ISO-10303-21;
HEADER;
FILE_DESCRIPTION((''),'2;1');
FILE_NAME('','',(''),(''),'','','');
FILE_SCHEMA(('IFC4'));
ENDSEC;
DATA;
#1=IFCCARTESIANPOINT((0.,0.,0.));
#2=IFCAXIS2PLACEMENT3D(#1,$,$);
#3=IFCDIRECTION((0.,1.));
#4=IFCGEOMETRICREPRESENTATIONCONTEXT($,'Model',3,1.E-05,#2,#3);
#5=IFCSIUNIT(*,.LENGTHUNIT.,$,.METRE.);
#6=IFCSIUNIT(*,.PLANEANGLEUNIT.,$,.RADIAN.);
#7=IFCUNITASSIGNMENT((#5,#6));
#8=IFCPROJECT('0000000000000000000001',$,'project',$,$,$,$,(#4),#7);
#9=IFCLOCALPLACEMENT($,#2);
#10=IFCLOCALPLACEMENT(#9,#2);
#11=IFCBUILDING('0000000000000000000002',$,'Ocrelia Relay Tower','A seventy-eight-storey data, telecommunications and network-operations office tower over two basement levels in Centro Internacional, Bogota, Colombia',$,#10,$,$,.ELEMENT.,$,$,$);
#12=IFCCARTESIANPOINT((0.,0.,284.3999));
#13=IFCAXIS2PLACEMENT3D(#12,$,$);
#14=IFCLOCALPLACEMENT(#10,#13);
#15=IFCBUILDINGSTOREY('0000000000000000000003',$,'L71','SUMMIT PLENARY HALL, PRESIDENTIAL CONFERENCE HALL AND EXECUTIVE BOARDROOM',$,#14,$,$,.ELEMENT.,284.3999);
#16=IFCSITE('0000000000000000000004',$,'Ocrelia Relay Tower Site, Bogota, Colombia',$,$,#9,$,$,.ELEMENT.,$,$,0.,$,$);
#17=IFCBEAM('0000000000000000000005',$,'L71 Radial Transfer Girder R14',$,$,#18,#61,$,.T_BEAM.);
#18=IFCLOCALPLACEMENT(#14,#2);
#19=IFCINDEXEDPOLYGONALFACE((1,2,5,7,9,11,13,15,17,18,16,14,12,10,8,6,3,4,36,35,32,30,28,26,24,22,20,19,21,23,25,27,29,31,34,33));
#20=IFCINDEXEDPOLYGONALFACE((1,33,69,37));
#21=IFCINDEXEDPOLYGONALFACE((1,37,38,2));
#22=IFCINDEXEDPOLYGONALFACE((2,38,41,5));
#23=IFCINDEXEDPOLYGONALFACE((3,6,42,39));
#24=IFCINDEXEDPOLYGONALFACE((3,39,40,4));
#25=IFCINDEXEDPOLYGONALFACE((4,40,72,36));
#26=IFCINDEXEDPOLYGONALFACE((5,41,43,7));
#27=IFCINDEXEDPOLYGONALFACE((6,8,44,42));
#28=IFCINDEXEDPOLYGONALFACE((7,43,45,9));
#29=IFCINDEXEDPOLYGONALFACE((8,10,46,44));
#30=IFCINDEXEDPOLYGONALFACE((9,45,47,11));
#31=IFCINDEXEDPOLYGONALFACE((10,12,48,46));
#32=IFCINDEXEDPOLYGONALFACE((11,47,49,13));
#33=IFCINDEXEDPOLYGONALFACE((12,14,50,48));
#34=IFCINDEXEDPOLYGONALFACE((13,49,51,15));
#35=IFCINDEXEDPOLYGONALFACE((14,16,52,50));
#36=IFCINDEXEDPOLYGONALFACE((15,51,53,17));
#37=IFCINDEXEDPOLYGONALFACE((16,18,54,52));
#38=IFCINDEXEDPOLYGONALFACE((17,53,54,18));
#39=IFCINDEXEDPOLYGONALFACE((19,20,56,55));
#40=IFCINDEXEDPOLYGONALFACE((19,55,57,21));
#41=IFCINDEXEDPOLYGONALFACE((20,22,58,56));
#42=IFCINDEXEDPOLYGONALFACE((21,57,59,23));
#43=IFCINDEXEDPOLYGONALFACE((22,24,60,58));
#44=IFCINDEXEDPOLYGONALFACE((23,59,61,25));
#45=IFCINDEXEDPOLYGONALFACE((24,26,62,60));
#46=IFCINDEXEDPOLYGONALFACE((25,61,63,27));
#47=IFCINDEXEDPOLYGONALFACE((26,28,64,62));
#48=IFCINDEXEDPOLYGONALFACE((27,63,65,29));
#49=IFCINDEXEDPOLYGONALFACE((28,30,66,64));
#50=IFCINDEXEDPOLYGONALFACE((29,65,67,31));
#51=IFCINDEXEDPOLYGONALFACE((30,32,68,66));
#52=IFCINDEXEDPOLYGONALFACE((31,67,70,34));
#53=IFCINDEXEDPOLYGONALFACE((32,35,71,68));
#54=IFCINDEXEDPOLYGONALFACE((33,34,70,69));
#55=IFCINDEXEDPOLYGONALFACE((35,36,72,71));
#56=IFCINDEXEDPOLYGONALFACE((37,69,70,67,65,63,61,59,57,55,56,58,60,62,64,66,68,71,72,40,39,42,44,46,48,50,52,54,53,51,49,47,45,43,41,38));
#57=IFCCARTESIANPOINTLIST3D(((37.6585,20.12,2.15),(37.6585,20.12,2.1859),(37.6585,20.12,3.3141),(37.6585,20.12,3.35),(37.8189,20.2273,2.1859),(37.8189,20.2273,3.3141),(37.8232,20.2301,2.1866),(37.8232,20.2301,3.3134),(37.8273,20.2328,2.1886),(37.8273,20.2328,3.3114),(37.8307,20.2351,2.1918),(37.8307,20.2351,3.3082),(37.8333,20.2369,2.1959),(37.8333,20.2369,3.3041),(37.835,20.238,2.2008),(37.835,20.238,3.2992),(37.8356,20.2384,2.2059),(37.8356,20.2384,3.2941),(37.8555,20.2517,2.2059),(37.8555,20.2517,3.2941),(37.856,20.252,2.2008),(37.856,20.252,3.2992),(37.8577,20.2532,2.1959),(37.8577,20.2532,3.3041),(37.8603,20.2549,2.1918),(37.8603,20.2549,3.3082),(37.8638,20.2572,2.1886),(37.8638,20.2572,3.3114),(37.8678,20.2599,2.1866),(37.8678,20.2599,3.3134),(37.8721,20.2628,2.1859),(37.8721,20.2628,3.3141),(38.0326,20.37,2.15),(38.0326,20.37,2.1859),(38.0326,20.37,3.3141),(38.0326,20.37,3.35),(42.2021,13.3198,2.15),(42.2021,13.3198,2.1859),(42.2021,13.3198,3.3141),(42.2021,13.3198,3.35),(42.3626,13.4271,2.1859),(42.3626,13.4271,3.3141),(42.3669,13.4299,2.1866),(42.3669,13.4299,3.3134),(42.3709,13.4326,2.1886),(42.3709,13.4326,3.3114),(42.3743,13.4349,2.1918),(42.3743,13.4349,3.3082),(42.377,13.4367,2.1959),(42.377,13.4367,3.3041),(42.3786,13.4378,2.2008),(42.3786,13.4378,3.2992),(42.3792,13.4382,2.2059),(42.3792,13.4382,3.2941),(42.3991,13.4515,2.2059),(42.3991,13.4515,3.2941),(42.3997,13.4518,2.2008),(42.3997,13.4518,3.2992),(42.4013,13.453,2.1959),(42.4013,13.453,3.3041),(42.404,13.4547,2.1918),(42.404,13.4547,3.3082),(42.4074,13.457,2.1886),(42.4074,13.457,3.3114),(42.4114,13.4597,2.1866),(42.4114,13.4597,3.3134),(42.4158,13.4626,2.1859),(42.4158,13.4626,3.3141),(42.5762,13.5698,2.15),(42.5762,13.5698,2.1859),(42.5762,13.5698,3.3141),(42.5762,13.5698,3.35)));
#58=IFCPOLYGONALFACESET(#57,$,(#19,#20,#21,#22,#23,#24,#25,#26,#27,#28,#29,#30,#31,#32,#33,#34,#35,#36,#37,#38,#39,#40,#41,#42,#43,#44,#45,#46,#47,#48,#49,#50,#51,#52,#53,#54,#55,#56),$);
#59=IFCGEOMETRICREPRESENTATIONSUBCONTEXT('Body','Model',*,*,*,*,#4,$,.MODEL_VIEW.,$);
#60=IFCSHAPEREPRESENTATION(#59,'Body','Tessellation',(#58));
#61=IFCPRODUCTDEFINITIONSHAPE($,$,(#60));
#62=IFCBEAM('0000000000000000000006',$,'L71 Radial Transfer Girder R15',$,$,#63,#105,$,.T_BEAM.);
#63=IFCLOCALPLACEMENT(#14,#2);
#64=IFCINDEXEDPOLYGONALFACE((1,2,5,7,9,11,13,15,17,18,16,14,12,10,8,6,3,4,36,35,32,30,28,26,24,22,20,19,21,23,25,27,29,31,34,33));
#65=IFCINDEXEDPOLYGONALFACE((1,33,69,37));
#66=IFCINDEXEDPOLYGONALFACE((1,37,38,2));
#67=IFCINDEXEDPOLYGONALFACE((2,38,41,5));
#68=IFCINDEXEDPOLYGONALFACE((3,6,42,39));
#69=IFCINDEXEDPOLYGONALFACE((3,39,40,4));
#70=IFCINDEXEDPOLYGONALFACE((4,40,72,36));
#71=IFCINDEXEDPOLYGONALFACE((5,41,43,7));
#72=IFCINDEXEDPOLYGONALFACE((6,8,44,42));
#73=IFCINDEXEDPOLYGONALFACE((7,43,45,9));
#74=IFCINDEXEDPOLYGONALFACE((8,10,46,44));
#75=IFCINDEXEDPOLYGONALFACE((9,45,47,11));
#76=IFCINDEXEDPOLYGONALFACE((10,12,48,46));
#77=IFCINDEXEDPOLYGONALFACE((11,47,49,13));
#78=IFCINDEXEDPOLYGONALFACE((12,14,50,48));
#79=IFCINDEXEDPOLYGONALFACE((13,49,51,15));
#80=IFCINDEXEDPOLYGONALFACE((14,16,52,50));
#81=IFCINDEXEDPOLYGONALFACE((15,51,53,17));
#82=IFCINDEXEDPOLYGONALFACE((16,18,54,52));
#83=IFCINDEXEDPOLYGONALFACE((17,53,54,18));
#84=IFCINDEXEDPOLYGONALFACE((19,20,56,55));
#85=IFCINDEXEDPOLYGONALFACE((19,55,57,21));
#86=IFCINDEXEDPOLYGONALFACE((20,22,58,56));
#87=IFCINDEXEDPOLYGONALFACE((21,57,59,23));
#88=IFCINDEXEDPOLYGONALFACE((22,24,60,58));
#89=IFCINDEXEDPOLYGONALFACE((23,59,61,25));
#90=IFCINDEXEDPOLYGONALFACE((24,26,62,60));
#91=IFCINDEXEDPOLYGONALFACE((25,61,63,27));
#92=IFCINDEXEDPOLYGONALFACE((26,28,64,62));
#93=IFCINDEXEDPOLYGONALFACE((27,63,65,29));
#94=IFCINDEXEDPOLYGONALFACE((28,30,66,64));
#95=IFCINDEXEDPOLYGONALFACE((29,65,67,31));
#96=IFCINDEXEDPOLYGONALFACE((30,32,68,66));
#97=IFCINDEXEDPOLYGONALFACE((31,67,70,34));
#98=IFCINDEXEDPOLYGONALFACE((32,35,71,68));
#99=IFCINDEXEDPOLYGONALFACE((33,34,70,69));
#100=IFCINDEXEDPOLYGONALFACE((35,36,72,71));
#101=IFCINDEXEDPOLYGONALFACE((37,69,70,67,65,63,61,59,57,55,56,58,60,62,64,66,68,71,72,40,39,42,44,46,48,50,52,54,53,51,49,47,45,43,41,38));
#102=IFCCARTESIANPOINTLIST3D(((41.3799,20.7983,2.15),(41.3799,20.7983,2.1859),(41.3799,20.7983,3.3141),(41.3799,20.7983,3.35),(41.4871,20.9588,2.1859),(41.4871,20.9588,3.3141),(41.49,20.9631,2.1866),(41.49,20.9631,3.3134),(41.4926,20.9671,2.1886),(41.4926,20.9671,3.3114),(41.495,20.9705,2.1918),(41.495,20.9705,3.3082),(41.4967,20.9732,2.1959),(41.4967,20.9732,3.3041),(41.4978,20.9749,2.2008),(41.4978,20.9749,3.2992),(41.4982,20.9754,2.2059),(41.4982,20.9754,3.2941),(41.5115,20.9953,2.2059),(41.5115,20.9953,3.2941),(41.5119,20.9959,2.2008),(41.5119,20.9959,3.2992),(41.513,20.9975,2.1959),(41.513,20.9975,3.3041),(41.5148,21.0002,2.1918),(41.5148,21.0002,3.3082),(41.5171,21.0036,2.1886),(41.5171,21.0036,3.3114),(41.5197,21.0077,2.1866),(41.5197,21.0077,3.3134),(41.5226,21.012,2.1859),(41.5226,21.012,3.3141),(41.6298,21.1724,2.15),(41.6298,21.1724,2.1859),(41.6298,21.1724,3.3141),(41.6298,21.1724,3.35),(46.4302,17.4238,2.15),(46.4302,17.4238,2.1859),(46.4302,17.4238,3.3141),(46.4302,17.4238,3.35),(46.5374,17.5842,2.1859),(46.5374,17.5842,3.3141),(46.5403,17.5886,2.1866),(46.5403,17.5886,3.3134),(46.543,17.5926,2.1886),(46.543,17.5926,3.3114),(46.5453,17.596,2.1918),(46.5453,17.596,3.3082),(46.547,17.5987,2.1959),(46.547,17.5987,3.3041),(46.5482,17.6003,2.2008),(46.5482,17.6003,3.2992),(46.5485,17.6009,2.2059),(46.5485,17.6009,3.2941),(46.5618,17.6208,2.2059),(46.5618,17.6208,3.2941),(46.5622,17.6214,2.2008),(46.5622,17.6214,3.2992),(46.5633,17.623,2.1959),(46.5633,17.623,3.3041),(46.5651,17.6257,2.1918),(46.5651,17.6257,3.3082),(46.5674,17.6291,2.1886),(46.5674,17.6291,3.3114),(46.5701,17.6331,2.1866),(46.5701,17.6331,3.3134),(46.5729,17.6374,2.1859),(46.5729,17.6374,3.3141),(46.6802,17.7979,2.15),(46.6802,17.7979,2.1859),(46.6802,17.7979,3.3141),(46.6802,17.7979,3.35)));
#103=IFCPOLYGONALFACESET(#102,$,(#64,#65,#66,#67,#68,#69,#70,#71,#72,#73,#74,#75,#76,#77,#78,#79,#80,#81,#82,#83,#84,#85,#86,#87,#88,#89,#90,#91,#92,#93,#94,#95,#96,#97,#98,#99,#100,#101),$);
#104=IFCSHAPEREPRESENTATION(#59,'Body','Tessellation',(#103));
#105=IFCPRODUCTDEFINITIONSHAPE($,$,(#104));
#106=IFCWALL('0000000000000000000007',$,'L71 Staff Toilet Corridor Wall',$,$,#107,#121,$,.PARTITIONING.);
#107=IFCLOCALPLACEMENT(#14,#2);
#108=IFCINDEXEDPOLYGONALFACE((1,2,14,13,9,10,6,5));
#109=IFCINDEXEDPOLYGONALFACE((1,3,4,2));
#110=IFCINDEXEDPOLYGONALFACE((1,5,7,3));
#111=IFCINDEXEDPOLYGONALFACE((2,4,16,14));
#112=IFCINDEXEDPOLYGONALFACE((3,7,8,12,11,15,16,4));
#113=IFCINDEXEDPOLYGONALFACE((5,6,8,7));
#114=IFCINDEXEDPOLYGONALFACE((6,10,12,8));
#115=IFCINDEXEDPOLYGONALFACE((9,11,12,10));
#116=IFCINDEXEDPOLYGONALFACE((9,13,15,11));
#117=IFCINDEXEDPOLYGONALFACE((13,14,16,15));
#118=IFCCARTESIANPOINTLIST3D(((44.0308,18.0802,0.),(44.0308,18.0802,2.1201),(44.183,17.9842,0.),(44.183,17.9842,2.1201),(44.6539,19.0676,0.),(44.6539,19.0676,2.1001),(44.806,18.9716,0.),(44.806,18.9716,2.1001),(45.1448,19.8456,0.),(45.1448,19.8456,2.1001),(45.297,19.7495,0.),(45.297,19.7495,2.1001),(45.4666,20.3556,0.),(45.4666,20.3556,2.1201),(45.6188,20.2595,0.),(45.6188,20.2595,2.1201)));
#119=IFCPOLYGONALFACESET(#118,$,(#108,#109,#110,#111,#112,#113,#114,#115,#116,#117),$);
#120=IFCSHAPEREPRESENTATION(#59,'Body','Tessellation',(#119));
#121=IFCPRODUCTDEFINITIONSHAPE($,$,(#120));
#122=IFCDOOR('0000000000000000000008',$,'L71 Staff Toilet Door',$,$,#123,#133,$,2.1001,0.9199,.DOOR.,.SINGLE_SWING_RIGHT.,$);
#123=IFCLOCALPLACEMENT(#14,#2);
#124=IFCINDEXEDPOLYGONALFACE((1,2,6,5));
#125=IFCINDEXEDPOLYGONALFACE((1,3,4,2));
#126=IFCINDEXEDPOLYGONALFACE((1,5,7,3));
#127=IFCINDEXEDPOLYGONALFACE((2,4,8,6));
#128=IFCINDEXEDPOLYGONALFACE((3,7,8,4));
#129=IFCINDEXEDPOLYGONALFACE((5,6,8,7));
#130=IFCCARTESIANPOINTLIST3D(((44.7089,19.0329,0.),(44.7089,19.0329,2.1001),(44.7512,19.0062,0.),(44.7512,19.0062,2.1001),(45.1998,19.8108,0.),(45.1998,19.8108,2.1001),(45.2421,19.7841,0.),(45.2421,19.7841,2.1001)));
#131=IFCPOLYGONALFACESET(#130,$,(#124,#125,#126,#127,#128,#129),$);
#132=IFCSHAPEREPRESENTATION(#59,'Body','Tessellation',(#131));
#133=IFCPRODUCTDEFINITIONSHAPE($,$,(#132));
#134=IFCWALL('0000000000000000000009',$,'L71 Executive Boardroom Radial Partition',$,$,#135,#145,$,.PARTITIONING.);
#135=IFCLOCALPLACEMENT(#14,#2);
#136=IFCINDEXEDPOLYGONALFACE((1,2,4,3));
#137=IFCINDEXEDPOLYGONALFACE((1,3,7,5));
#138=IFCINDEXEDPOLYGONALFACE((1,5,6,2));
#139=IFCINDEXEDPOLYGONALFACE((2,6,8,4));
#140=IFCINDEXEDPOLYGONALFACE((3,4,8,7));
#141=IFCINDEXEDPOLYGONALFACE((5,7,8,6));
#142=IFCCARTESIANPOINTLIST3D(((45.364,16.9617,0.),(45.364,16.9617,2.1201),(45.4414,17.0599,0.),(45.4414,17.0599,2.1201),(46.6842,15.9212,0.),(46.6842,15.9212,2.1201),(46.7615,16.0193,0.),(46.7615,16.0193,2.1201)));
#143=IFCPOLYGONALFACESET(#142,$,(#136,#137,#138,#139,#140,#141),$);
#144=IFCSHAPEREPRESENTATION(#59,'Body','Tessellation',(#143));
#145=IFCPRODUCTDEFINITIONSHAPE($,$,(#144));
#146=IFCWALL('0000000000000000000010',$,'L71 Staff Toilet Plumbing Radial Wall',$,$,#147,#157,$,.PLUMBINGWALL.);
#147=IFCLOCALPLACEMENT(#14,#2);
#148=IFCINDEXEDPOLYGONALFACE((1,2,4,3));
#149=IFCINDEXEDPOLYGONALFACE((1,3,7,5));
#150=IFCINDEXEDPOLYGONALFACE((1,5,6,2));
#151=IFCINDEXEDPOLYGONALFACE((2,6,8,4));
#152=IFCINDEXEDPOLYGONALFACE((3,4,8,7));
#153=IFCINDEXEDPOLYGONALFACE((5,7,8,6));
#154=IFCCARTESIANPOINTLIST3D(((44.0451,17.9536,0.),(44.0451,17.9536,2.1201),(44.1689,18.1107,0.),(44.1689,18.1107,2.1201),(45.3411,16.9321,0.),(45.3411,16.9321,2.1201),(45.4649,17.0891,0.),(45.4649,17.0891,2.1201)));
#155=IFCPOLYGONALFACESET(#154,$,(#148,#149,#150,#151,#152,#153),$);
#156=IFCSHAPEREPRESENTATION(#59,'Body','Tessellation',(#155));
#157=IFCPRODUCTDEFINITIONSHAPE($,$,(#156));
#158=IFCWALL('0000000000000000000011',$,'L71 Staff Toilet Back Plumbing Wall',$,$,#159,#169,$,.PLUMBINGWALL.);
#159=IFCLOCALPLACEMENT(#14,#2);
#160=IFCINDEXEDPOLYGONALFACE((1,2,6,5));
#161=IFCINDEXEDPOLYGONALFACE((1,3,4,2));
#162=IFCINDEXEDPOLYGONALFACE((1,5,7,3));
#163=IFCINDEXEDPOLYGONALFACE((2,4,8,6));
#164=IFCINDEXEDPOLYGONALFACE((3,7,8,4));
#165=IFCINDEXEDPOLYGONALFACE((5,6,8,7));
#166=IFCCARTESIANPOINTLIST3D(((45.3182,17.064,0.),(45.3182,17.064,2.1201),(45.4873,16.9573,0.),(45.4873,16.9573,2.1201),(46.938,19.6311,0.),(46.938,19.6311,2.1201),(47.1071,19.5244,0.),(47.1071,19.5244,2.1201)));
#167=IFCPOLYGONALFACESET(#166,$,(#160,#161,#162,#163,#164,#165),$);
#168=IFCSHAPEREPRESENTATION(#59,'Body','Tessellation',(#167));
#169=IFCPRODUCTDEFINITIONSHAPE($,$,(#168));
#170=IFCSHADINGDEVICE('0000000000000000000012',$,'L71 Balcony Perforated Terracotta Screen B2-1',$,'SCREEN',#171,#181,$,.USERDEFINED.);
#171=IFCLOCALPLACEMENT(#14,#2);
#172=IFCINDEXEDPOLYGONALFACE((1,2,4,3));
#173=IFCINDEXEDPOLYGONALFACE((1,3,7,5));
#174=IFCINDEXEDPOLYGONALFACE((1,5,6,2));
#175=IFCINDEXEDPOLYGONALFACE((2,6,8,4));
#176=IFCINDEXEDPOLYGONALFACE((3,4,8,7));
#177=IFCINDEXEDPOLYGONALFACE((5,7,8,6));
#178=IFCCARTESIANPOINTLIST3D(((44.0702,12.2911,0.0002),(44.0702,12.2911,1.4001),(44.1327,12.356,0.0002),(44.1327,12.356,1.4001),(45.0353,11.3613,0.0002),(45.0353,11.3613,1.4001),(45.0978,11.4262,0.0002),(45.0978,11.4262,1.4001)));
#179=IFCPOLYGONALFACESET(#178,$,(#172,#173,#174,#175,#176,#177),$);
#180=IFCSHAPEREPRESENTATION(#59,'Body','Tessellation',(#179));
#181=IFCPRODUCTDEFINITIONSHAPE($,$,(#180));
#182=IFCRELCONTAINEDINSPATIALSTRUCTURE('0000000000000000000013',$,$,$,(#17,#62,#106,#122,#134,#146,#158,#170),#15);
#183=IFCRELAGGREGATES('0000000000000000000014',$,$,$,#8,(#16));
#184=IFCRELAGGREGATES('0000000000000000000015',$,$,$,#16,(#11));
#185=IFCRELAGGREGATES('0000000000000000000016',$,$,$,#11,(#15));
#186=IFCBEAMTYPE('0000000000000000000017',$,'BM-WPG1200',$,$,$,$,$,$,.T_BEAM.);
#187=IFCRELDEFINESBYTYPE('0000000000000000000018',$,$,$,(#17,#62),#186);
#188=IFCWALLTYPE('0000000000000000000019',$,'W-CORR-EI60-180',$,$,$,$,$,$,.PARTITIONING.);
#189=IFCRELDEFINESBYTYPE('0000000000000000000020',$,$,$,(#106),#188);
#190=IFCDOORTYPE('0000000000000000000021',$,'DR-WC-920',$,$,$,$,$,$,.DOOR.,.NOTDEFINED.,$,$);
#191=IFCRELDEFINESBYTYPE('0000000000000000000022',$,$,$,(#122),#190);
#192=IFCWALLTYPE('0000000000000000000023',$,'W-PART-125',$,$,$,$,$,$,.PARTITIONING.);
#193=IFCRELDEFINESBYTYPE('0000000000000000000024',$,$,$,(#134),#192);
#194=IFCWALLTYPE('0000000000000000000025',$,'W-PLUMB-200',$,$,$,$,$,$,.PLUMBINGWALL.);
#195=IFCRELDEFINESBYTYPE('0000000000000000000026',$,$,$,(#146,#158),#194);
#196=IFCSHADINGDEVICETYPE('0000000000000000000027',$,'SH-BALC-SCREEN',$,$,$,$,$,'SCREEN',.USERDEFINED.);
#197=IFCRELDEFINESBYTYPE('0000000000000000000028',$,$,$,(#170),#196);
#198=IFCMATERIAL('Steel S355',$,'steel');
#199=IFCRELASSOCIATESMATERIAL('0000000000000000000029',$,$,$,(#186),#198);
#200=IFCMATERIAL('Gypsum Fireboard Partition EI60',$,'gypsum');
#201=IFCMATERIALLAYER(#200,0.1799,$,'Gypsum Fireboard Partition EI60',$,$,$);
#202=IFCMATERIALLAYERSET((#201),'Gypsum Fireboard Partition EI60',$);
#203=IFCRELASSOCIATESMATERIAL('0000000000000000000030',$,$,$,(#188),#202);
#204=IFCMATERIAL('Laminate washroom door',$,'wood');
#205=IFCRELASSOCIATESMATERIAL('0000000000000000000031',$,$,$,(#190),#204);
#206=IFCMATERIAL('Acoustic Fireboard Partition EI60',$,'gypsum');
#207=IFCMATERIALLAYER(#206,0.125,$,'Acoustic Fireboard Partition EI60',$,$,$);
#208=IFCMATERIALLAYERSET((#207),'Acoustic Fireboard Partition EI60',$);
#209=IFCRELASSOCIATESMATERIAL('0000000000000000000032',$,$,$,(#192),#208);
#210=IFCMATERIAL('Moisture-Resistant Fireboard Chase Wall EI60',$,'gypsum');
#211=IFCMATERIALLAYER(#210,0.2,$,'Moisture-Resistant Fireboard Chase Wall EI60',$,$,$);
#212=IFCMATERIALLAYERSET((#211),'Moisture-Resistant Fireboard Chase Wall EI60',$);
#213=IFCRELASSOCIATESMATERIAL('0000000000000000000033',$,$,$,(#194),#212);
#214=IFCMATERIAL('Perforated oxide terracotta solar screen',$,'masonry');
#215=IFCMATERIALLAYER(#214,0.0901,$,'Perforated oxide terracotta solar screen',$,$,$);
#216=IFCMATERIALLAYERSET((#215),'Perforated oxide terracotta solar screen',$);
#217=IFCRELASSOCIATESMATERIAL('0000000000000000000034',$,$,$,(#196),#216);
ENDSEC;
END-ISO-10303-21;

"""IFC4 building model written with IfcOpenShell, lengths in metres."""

from ifc_helpers import new_model, si_unit, direction, frame, frame_2d, origin, origin_2d, place, context, subcontext, project, spatial, rectangle, i_section, extrude, material, layer, layer_set, material_profile, profile_set, type_object, element, fill, save


model = new_model("IFC4")

# Units and contexts
model_context = context("Model", 3, precision=1e-05, world=origin(), true_north=direction((0.0, 1.0)))
body_context = subcontext(model_context, "Body", "Model", "MODEL_VIEW")
ifc_project = project(units=[si_unit("LENGTHUNIT", "METRE"), si_unit("PLANEANGLEUNIT", "RADIAN")], contexts=[model_context])

# Site, building, storey
site_placement = place(None, origin())
site = spatial("IfcSite", under=ifc_project, at=site_placement, Name="Ocrelia Relay Tower Site, Bogota, Colombia", CompositionType="ELEMENT", RefElevation=0.0)
building_placement = place(site_placement, origin())
building = spatial("IfcBuilding", under=site, at=building_placement, Name="Ocrelia Relay Tower", Description="A seventy-eight-storey data, telecommunications and network-operations office tower over two basement levels in Centro Internacional, Bogota, Colombia", CompositionType="ELEMENT")
storey_placement = place(building_placement, frame((0.0, 0.0, 284.3999)))
storey = spatial("IfcBuildingStorey", under=building, at=storey_placement, Name="L71", Description="SUMMIT PLENARY HALL, PRESIDENTIAL CONFERENCE HALL AND EXECUTIVE BOARDROOM", CompositionType="ELEMENT", Elevation=284.3999)

# Beams
ifc_material_1 = material(Name="Steel S355", Category="steel")
ifc_material_profile_1 = material_profile(ifc_material_1, i_section(OverallWidth=0.45, OverallDepth=1.2, WebThickness=0.0239, FlangeThickness=0.0359, FilletRadius=0.02, at=origin_2d()), Name="WPG 1200x450")
ifc_profile_set_1 = profile_set([ifc_material_profile_1], Name="Steel S355")
beam_type_1 = type_object("IfcBeamType", Name="BM-WPG1200", PredefinedType="T_BEAM", material=ifc_profile_set_1)
beam_1_placement = place(storey_placement, frame((42.3892, 13.4448, 2.75), z_axis=(-0.555561, 0.831476, 0.0), x_axis=(-0.831476, -0.555561, 0.0)))
element("IfcBeam", 1, at=beam_1_placement, inside=storey, type_object=beam_type_1, Name="L71 Radial Transfer Girder R14", PredefinedType="T_BEAM", context=body_context, shape_type="SweptSolid", body=[
    extrude(i_section(OverallWidth=0.45, OverallDepth=1.2, WebThickness=0.0239, FlangeThickness=0.0359, FilletRadius=0.02, at=origin_2d()), origin(), (0.0, 0.0, 1.0), 8.1785),
])
beam_2_placement = place(storey_placement, frame((46.5552, 17.6108, 2.75), z_axis=(-0.831469, 0.555572, 0.0), x_axis=(-0.555572, -0.831469, 0.0)))
element("IfcBeam", 2, at=beam_2_placement, inside=storey, type_object=beam_type_1, Name="L71 Radial Transfer Girder R15", PredefinedType="T_BEAM", context=body_context, shape_type="SweptSolid", body=[
    extrude(i_section(OverallWidth=0.45, OverallDepth=1.2, WebThickness=0.0239, FlangeThickness=0.0359, FilletRadius=0.02, at=origin_2d()), origin(), (0.0, 0.0, 1.0), 6.074),
])

# Wall, opening, door
ifc_material_2 = material(Name="Gypsum Fireboard Partition EI60", Category="gypsum")
ifc_layer_1 = layer(ifc_material_2, 0.1799, Name="Gypsum Fireboard Partition EI60")
ifc_layer_set_1 = layer_set([ifc_layer_1], Name="Gypsum Fireboard Partition EI60")
wall_type_1 = type_object("IfcWallType", Name="W-CORR-EI60-180", PredefinedType="PARTITIONING", material=ifc_layer_set_1)
wall_1_placement = place(storey_placement, frame((44.1069, 18.0322, 0.0), z_axis=(0.0, 0.0, 1.0), x_axis=(0.533648, 0.845707, 0.0)))
wall_1 = element("IfcWall", 3, at=wall_1_placement, inside=storey, type_object=wall_type_1, Name="L71 Staff Toilet Corridor Wall", PredefinedType="PARTITIONING", context=body_context, shape_type="SweptSolid", body=[
    extrude(rectangle(XDim=2.6904, YDim=0.1799, at=frame_2d((1.3452, 0.0))), origin(), (0.0, 0.0, 1.0), 2.1201),
])
opening_1_placement = place(wall_1_placement, frame((1.1675, 0.0, 0.0)))
opening_1 = element("IfcOpeningElement", 4, at=opening_1_placement, cuts=wall_1, PredefinedType="OPENING", context=body_context, shape_type="SweptSolid", body=[
    extrude(rectangle(XDim=0.9199, YDim=2.1001, at=frame_2d((0.46, 1.05))), frame((0.0, 0.1001, 0.0), z_axis=(0.0, -1.0, 0.0), x_axis=(1.0, 0.0, 0.0)), (0.0, 0.0, 1.0), 0.2),
])
ifc_material_3 = material(Name="Laminate washroom door", Category="wood")
door_type_1 = type_object("IfcDoorType", Name="DR-WC-920", OperationType="NOTDEFINED", PredefinedType="DOOR", material=ifc_material_3)
door_1_placement = place(opening_1_placement, origin())
door_1 = element("IfcDoor", 5, at=door_1_placement, inside=storey, type_object=door_type_1, Name="L71 Staff Toilet Door", OperationType="SINGLE_SWING_RIGHT", OverallHeight=2.1001, OverallWidth=0.9199, PredefinedType="DOOR", context=body_context, shape_type="SweptSolid", body=[
    extrude(rectangle(XDim=0.9199, YDim=2.1001, at=frame_2d((0.46, 1.05))), frame((0.0, 0.0249, 0.0), z_axis=(0.0, -1.0, 0.0), x_axis=(1.0, 0.0, 0.0)), (0.0, 0.0, 1.0), 0.05),
])
fill(opening_1, door_1)

# Walls
ifc_material_4 = material(Name="Acoustic Fireboard Partition EI60", Category="gypsum")
ifc_layer_2 = layer(ifc_material_4, 0.125, Name="Acoustic Fireboard Partition EI60")
ifc_layer_set_2 = layer_set([ifc_layer_2], Name="Acoustic Fireboard Partition EI60")
wall_type_2 = type_object("IfcWallType", Name="W-PART-125", PredefinedType="PARTITIONING", material=ifc_layer_set_2)
wall_2_placement = place(storey_placement, frame((45.4028, 17.0107, 0.0), z_axis=(0.0, 0.0, 1.0), x_axis=(0.785355, -0.619046, 0.0)))
element("IfcWall", 6, at=wall_2_placement, inside=storey, type_object=wall_type_2, Name="L71 Executive Boardroom Radial Partition", PredefinedType="PARTITIONING", context=body_context, shape_type="SweptSolid", body=[
    extrude(rectangle(XDim=1.6809, YDim=0.125, at=frame_2d((0.8403, 0.0))), origin(), (0.0, 0.0, 1.0), 2.1201),
])
ifc_material_5 = material(Name="Moisture-Resistant Fireboard Chase Wall EI60", Category="gypsum")
ifc_layer_3 = layer(ifc_material_5, 0.2, Name="Moisture-Resistant Fireboard Chase Wall EI60")
ifc_layer_set_3 = layer_set([ifc_layer_3], Name="Moisture-Resistant Fireboard Chase Wall EI60")
wall_type_3 = type_object("IfcWallType", Name="W-PLUMB-200", PredefinedType="PLUMBINGWALL", material=ifc_layer_set_3)
wall_3_placement = place(storey_placement, frame((44.1069, 18.0322, 0.0), z_axis=(0.0, 0.0, 1.0), x_axis=(0.785352, -0.619049, 0.0)))
element("IfcWall", 7, at=wall_3_placement, inside=storey, type_object=wall_type_3, Name="L71 Staff Toilet Plumbing Radial Wall", PredefinedType="PLUMBINGWALL", context=body_context, shape_type="SweptSolid", body=[
    extrude(rectangle(XDim=1.6501, YDim=0.2, at=frame_2d((0.8252, 0.0))), origin(), (0.0, 0.0, 1.0), 2.1201),
])
wall_4_placement = place(storey_placement, frame((45.4028, 17.0107, 0.0), z_axis=(0.0, 0.0, 1.0), x_axis=(0.533645, 0.845709, 0.0)))
element("IfcWall", 8, at=wall_4_placement, inside=storey, type_object=wall_type_3, Name="L71 Staff Toilet Back Plumbing Wall", PredefinedType="PLUMBINGWALL", context=body_context, shape_type="SweptSolid", body=[
    extrude(rectangle(XDim=3.0354, YDim=0.2, at=frame_2d((1.5176, 0.0))), origin(), (0.0, 0.0, 1.0), 2.1201),
])

# Shading device
ifc_material_6 = material(Name="Perforated oxide terracotta solar screen", Category="masonry")
ifc_layer_4 = layer(ifc_material_6, 0.0901, Name="Perforated oxide terracotta solar screen")
ifc_layer_set_4 = layer_set([ifc_layer_4], Name="Perforated oxide terracotta solar screen")
shading_device_type_1 = type_object("IfcShadingDeviceType", Name="SH-BALC-SCREEN", ElementType="SCREEN", PredefinedType="USERDEFINED", material=ifc_layer_set_4)
shading_device_1_placement = place(storey_placement, frame((44.584, 11.8586, 0.0002), z_axis=(0.0, 0.0, 1.0), x_axis=(0.720153, -0.693815, 0.0)))
element("IfcShadingDevice", 9, at=shading_device_1_placement, inside=storey, type_object=shading_device_type_1, Name="L71 Balcony Perforated Terracotta Screen B2-1", ObjectType="SCREEN", PredefinedType="USERDEFINED", context=body_context, shape_type="SweptSolid", body=[
    extrude(rectangle(XDim=1.3401, YDim=0.0901, at=origin_2d()), origin(), (0.0, 0.0, 1.0), 1.3999),
])

save(model, "model.ifc")
